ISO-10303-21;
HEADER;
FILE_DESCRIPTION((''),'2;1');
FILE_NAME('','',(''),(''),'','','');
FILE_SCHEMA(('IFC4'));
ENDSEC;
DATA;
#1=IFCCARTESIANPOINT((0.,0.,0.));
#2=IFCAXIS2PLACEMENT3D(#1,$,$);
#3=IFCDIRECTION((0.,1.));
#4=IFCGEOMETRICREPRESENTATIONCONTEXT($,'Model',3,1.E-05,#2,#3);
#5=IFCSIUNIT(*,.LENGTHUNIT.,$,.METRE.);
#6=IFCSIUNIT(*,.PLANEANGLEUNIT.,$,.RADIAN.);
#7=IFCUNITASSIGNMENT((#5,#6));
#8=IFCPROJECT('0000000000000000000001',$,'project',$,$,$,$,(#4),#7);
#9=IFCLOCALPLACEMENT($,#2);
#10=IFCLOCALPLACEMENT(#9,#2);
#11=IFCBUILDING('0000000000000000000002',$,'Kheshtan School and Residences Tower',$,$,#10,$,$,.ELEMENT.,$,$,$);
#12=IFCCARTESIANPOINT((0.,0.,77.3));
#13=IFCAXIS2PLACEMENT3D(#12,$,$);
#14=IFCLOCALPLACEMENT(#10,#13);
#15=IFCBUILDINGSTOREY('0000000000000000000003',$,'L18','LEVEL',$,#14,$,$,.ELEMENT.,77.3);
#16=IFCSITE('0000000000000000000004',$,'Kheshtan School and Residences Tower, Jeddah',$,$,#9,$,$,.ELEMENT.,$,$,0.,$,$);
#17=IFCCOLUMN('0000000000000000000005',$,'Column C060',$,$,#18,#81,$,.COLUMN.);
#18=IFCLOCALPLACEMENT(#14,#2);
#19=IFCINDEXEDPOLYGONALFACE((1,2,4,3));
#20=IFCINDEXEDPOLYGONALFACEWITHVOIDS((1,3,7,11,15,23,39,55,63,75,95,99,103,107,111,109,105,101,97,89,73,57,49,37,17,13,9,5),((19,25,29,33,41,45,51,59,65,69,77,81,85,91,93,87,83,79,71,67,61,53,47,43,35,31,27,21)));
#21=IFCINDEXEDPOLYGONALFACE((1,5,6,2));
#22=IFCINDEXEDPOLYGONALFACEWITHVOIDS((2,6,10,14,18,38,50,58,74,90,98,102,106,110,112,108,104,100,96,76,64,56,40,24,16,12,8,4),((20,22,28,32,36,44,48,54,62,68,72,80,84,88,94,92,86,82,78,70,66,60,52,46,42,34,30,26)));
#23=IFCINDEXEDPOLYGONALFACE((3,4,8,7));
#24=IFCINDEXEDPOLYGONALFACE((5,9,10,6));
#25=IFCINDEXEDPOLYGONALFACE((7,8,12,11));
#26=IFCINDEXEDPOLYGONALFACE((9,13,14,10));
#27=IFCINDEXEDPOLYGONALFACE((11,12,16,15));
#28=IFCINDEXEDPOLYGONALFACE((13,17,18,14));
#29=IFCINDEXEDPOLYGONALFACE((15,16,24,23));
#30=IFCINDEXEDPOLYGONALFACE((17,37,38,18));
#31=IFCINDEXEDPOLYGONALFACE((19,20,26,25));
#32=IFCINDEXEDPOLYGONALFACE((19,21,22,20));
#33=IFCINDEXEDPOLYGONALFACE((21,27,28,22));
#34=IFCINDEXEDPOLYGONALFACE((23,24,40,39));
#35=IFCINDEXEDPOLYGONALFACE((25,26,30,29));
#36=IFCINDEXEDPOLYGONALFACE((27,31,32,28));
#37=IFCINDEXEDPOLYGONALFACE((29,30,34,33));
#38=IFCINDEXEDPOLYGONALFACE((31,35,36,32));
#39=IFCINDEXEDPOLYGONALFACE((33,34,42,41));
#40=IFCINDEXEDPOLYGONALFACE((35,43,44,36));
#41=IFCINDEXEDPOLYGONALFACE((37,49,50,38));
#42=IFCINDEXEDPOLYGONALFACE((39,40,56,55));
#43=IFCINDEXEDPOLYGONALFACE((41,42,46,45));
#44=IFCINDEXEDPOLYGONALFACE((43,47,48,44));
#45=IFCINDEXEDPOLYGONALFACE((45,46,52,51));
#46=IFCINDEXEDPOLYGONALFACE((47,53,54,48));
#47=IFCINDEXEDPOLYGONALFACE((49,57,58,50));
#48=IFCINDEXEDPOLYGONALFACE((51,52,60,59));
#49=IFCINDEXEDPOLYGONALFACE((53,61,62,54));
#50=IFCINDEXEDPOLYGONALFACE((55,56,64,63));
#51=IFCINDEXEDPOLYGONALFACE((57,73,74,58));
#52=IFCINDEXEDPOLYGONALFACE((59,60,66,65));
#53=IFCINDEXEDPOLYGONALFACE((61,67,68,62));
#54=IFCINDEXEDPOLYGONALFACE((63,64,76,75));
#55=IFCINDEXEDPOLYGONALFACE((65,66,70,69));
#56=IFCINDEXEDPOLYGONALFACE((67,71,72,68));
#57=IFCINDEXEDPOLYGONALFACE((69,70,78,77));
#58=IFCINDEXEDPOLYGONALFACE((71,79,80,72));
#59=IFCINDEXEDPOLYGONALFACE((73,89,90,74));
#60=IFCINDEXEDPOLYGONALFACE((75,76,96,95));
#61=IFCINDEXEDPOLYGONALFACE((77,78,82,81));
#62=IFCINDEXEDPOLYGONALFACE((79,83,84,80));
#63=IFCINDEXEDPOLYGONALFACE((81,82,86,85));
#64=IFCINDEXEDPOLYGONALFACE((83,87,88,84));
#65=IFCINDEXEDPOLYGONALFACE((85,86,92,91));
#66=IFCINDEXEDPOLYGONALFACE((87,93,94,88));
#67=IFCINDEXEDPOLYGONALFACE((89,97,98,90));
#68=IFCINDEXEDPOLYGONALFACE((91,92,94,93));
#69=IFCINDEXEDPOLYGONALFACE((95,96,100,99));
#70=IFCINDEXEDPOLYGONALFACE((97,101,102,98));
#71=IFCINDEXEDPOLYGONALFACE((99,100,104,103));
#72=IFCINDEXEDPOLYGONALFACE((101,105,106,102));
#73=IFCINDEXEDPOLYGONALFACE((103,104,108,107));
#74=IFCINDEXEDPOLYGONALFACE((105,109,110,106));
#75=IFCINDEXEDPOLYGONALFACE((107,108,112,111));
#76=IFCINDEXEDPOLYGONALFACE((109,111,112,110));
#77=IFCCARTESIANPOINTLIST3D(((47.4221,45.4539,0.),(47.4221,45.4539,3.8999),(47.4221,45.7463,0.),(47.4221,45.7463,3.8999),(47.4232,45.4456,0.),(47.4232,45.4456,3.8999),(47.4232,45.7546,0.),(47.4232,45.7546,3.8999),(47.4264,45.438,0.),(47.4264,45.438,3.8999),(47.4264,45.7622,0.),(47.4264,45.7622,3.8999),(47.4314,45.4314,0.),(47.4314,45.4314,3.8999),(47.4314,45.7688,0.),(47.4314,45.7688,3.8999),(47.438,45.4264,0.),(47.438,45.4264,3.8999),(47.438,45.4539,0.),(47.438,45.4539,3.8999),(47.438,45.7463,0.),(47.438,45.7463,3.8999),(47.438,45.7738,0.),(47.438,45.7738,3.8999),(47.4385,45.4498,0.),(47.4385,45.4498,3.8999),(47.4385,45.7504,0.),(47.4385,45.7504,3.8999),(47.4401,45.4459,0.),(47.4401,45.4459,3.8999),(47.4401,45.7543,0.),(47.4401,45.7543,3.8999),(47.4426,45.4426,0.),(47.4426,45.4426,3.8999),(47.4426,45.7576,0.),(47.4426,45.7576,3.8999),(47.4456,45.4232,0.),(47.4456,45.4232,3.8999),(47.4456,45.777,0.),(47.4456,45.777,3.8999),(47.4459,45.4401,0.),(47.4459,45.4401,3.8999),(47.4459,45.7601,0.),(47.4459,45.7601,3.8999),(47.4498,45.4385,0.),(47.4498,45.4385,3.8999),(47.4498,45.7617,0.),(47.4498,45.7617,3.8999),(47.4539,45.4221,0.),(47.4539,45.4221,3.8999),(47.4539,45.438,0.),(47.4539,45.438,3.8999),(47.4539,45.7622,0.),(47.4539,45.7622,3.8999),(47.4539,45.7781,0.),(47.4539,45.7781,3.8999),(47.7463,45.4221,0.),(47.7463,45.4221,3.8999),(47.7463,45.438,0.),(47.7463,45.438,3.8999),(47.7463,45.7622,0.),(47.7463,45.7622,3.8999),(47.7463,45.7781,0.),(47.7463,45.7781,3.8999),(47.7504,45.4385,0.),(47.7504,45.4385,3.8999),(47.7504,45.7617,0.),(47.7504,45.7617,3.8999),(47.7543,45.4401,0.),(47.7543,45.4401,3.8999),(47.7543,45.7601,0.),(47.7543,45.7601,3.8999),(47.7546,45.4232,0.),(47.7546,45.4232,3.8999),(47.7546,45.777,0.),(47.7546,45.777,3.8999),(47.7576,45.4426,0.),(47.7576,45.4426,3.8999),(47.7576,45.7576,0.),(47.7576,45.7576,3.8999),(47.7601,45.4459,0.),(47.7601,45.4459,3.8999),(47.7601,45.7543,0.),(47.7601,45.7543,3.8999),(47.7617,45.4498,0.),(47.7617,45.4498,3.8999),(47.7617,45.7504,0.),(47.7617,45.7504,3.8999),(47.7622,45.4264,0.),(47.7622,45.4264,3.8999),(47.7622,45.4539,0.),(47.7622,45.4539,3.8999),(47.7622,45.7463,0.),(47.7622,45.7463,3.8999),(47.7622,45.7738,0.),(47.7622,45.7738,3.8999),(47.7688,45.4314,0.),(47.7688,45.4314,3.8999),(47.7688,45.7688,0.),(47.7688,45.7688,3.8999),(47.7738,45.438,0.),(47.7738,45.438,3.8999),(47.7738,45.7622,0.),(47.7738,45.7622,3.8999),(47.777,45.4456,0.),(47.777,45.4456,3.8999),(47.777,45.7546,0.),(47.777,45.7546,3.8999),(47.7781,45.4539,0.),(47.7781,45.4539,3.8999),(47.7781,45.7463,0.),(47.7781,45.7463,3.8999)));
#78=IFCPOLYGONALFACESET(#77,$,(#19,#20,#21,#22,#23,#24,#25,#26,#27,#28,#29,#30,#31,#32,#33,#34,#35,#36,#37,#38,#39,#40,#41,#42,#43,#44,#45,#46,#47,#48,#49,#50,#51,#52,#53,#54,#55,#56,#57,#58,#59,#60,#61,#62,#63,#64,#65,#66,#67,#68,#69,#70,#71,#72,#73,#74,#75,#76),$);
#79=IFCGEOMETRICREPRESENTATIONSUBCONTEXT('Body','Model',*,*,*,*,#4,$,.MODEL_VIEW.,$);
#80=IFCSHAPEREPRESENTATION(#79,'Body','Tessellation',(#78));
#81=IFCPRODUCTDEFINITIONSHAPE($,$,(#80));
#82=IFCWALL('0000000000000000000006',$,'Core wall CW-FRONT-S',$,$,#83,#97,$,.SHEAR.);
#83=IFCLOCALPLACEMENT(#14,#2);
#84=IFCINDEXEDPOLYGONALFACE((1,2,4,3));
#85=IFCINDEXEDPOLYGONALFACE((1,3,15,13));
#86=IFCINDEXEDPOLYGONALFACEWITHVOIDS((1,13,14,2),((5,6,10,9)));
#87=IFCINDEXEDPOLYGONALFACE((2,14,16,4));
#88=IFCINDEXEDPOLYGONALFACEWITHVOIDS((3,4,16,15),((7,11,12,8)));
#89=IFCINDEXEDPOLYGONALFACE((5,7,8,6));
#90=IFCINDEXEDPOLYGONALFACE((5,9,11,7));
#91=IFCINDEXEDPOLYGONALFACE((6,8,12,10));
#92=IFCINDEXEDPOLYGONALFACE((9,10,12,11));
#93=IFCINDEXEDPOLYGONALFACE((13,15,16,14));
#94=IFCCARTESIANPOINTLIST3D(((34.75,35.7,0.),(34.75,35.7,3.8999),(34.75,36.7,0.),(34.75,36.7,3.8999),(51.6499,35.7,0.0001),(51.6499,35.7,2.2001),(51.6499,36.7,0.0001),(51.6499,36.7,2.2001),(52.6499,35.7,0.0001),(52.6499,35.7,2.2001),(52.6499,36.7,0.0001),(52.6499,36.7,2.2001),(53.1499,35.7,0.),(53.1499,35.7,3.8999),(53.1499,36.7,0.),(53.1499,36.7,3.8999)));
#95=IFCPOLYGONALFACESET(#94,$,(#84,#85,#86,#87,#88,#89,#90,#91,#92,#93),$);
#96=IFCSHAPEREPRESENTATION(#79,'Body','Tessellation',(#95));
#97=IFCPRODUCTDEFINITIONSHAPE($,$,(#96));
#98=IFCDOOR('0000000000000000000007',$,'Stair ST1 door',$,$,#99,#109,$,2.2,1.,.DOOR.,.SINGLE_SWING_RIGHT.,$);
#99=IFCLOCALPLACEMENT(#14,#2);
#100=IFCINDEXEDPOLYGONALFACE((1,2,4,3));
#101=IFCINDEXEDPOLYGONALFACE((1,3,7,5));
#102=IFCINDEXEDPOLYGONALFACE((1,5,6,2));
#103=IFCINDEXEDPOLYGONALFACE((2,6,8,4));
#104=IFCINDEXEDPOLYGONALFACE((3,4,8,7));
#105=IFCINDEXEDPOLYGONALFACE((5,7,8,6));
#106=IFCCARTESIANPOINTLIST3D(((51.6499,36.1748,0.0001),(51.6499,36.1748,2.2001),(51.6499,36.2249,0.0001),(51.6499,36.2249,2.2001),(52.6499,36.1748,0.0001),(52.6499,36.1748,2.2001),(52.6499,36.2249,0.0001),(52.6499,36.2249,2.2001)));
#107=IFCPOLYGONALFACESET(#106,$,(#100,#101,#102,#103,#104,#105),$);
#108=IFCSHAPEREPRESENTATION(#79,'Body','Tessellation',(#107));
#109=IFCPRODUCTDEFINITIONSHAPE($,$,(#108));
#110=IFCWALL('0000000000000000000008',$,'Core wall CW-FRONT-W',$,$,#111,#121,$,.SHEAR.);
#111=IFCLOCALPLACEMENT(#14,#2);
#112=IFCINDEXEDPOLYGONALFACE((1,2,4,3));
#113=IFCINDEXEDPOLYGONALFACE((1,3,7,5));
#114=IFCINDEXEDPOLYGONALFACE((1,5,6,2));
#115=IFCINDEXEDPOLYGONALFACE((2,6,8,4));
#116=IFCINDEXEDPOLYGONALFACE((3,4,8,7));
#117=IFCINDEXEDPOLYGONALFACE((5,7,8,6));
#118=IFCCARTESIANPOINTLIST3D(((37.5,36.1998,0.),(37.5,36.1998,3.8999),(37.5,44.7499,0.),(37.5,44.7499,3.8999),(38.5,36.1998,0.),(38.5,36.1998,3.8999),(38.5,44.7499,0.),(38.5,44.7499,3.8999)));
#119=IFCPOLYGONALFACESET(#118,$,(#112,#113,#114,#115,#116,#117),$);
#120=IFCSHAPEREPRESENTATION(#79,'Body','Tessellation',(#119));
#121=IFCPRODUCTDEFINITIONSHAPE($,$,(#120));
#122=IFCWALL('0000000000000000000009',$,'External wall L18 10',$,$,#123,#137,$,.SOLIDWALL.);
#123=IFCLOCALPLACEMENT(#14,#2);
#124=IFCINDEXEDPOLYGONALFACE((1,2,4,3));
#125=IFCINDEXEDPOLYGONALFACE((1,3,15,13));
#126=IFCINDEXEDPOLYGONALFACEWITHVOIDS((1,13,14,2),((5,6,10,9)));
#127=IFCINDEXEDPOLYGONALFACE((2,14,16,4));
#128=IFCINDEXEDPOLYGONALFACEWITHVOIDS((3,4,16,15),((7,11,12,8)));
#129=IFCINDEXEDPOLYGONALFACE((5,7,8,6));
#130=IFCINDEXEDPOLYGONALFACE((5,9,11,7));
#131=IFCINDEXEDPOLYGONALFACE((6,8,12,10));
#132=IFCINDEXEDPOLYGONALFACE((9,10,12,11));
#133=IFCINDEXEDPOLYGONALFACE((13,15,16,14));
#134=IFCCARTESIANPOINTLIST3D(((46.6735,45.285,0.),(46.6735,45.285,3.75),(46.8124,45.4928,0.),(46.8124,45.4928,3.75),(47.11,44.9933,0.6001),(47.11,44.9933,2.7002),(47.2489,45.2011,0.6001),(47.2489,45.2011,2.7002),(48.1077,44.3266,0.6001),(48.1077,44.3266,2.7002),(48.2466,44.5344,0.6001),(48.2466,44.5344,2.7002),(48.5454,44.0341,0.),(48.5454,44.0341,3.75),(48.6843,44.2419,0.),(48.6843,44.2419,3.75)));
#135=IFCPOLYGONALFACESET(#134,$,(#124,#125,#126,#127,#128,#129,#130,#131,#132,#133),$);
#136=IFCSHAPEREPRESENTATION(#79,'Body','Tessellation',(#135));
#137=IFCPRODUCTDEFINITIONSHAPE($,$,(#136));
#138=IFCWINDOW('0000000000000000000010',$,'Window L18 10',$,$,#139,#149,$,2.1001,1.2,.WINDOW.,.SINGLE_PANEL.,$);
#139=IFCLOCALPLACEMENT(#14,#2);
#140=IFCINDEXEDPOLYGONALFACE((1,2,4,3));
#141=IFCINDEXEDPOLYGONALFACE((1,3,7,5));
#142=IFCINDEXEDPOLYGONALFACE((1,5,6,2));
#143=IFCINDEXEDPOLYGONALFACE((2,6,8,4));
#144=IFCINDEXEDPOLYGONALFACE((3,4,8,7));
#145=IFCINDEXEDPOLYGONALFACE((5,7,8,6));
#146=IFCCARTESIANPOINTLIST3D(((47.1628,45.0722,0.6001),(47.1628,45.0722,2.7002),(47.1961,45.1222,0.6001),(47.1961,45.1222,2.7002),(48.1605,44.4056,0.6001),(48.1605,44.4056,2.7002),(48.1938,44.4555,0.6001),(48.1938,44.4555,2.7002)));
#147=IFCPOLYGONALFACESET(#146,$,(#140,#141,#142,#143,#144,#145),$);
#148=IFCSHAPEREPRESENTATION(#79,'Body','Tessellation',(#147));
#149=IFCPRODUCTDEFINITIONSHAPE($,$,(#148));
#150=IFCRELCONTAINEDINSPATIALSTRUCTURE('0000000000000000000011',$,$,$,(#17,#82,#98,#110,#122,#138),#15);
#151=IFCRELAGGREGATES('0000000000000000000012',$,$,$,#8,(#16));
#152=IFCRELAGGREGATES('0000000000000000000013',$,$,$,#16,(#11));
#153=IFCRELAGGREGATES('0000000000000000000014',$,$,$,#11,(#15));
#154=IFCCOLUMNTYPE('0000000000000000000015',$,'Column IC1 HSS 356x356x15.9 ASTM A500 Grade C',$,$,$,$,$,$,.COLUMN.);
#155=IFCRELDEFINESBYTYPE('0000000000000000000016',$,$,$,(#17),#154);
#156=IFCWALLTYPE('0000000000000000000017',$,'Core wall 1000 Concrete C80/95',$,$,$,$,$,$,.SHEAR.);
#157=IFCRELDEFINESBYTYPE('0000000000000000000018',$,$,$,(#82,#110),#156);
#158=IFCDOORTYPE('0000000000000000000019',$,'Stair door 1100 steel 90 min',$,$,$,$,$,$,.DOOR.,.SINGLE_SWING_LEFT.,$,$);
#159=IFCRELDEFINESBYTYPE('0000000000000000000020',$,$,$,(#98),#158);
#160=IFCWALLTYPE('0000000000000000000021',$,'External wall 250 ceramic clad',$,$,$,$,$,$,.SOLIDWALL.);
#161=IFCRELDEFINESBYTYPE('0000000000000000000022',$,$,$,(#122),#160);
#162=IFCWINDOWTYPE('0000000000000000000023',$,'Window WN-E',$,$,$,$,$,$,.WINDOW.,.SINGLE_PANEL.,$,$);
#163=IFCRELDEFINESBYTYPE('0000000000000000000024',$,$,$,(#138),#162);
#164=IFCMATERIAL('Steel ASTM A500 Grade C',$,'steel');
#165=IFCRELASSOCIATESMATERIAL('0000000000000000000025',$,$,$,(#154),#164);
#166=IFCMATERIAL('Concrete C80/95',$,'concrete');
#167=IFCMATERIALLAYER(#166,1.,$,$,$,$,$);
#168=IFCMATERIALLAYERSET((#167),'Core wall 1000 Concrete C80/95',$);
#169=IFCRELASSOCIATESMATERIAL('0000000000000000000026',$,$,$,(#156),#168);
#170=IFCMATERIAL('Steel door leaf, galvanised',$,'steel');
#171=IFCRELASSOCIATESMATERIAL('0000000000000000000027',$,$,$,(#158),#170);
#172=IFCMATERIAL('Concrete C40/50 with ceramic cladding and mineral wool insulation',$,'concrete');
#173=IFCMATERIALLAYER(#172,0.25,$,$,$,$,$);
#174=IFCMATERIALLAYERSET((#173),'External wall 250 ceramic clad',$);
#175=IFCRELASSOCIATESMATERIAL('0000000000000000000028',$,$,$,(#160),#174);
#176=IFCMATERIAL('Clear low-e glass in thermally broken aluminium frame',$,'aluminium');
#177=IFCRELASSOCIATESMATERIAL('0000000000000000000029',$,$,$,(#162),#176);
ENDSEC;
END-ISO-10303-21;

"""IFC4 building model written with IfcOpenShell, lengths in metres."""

from ifc_helpers import new_model, si_unit, direction, frame, frame_2d, origin, origin_2d, place, context, subcontext, project, spatial, rectangle, hollow_rectangle, extrude, source, transform, mapped, material, layer, layer_set, material_profile, profile_set, type_object, element, fill, save


model = new_model("IFC4")

# Units and contexts
model_context = context("Model", 3, precision=1e-05, world=origin(), true_north=direction((0.0, 1.0)))
body_context = subcontext(model_context, "Body", "Model", "MODEL_VIEW")
ifc_project = project(units=[si_unit("LENGTHUNIT", "METRE"), si_unit("PLANEANGLEUNIT", "RADIAN")], contexts=[model_context])

# Site, building, storey
site_placement = place(None, origin())
site = spatial("IfcSite", under=ifc_project, at=site_placement, Name="Kheshtan School and Residences Tower, Jeddah", CompositionType="ELEMENT", RefElevation=0.0)
building_placement = place(site_placement, origin())
building = spatial("IfcBuilding", under=site, at=building_placement, Name="Kheshtan School and Residences Tower", CompositionType="ELEMENT")
storey_placement = place(building_placement, frame((0.0, 0.0, 77.3)))
storey = spatial("IfcBuildingStorey", under=building, at=storey_placement, Name="L18", Description="LEVEL", CompositionType="ELEMENT", Elevation=77.3)

# Column
ifc_material_1 = material(Name="Steel ASTM A500 Grade C", Category="steel")
ifc_material_profile = material_profile(ifc_material_1, hollow_rectangle(XDim=0.356, YDim=0.356, WallThickness=0.0159, InnerFilletRadius=0.0159, OuterFilletRadius=0.0317, at=origin_2d()), Name="HSS 356x356x15.9")
ifc_profile_set = profile_set([ifc_material_profile], Name="Steel ASTM A500 Grade C")
column_type = type_object("IfcColumnType", Name="Column IC1 HSS 356x356x15.9 ASTM A500 Grade C", PredefinedType="COLUMN", material=ifc_profile_set)
column_placement = place(storey_placement, frame((47.6001, 45.6001, 0.0), z_axis=(0.0, 0.0, 1.0), x_axis=(1.0, 0.0, 0.0)))
element("IfcColumn", 1, at=column_placement, inside=storey, type_object=column_type, Name="Column C060", PredefinedType="COLUMN", context=body_context, shape_type="SweptSolid", body=[
    extrude(hollow_rectangle(XDim=0.356, YDim=0.356, WallThickness=0.0159, InnerFilletRadius=0.0159, OuterFilletRadius=0.0317, at=origin_2d()), origin(), (0.0, 0.0, 1.0), 3.8999),
])

# Wall, opening, door
ifc_material_2 = material(Name="Concrete C80/95", Category="concrete")
ifc_layer_1 = layer(ifc_material_2, 1.0)
ifc_layer_set_1 = layer_set([ifc_layer_1], Name="Core wall 1000 Concrete C80/95")
wall_type_1 = type_object("IfcWallType", Name="Core wall 1000 Concrete C80/95", PredefinedType="SHEAR", material=ifc_layer_set_1)
wall_1_placement = place(storey_placement, frame((34.75, 36.2, 0.0), z_axis=(0.0, 0.0, 1.0), x_axis=(1.0, 0.0, 0.0)))
wall_1 = element("IfcWall", 2, at=wall_1_placement, inside=storey, type_object=wall_type_1, Name="Core wall CW-FRONT-S", PredefinedType="SHEAR", context=body_context, shape_type="SweptSolid", body=[
    extrude(rectangle(XDim=18.3999, YDim=1.0, at=frame_2d((9.2, 0.0))), origin(), (0.0, 0.0, 1.0), 3.8999),
])
opening_1_placement = place(wall_1_placement, frame((16.8999, 0.0, 0.0)))
opening_1 = element("IfcOpeningElement", 3, at=opening_1_placement, cuts=wall_1, PredefinedType="OPENING", context=body_context, shape_type="SweptSolid", body=[
    extrude(rectangle(XDim=1.0, YDim=2.2, at=frame_2d((0.5, 1.1001))), frame((0.0, 0.51, 0.0), z_axis=(0.0, -1.0, 0.0), x_axis=(1.0, 0.0, 0.0)), (0.0, 0.0, 1.0), 1.02),
])
ifc_material_3 = material(Name="Steel door leaf, galvanised", Category="steel")
door_type_1 = type_object("IfcDoorType", Name="Stair door 1100 steel 90 min", OperationType="SINGLE_SWING_LEFT", PredefinedType="DOOR", material=ifc_material_3)
shared_shape_1 = source(origin(), body_context, "Body", "SweptSolid", [
    extrude(rectangle(XDim=1.0, YDim=2.2, at=frame_2d((0.5, 1.1001))), frame((0.0, 0.0249, 0.0), z_axis=(0.0, -1.0, 0.0), x_axis=(1.0, 0.0, 0.0)), (0.0, 0.0, 1.0), 0.05),
])
door_1_placement = place(opening_1_placement, origin())
door_1 = element("IfcDoor", 4, at=door_1_placement, inside=storey, type_object=door_type_1, Name="Stair ST1 door", OperationType="SINGLE_SWING_RIGHT", OverallHeight=2.2, OverallWidth=1.0, PredefinedType="DOOR", context=body_context, shape_type="MappedRepresentation", body=[
    mapped(shared_shape_1, transform((0.0, 0.0, 0.0), x_axis=(1.0, 0.0, 0.0), y_axis=(0.0, 1.0, 0.0), z_axis=(0.0, 0.0, 1.0), scale=1.0)),
])
fill(opening_1, door_1)

# Wall
wall_2_placement = place(storey_placement, frame((38.0, 36.2, 0.0), z_axis=(0.0, 0.0, 1.0), x_axis=(0.0, 1.0, 0.0)))
element("IfcWall", 5, at=wall_2_placement, inside=storey, type_object=wall_type_1, Name="Core wall CW-FRONT-W", PredefinedType="SHEAR", context=body_context, shape_type="SweptSolid", body=[
    extrude(rectangle(XDim=8.55, YDim=1.0, at=frame_2d((4.2749, 0.0))), origin(), (0.0, 0.0, 1.0), 3.8999),
])

# Wall, opening, window
ifc_material_4 = material(Name="Concrete C40/50 with ceramic cladding and mineral wool insulation", Category="concrete")
ifc_layer_2 = layer(ifc_material_4, 0.25)
ifc_layer_set_2 = layer_set([ifc_layer_2], Name="External wall 250 ceramic clad")
wall_type_2 = type_object("IfcWallType", Name="External wall 250 ceramic clad", PredefinedType="SOLIDWALL", material=ifc_layer_set_2)
wall_3_placement = place(storey_placement, frame((46.7429, 45.3889, 0.0), z_axis=(0.0, 0.0, 1.0), x_axis=(0.831449, -0.555601, 0.0)))
wall_3 = element("IfcWall", 6, at=wall_3_placement, inside=storey, type_object=wall_type_2, Name="External wall L18 10", PredefinedType="SOLIDWALL", context=body_context, shape_type="SweptSolid", body=[
    extrude(rectangle(XDim=2.2515, YDim=0.25, at=frame_2d((1.1257, 0.0))), origin(), (0.0, 0.0, 1.0), 3.75),
])
opening_2_placement = place(wall_3_placement, frame((0.5249, 0.0, 0.6001)))
opening_2 = element("IfcOpeningElement", 7, at=opening_2_placement, cuts=wall_3, PredefinedType="OPENING", context=body_context, shape_type="SweptSolid", body=[
    extrude(rectangle(XDim=1.2, YDim=2.1001, at=frame_2d((0.6001, 1.05))), frame((0.0, 0.135, 0.0), z_axis=(0.0, -1.0, 0.0), x_axis=(1.0, 0.0, 0.0)), (0.0, 0.0, 1.0), 0.27),
])
ifc_material_5 = material(Name="Clear low-e glass in thermally broken aluminium frame", Category="aluminium")
window_type = type_object("IfcWindowType", Name="Window WN-E", PartitioningType="SINGLE_PANEL", PredefinedType="WINDOW", material=ifc_material_5)
shared_shape_2 = source(origin(), body_context, "Body", "SweptSolid", [
    extrude(rectangle(XDim=1.2, YDim=2.1001, at=frame_2d((0.6001, 1.05))), frame((0.0, 0.03, 0.0), z_axis=(0.0, -1.0, 0.0), x_axis=(1.0, 0.0, 0.0)), (0.0, 0.0, 1.0), 0.0601),
])
window_placement = place(opening_2_placement, origin())
window = element("IfcWindow", 8, at=window_placement, inside=storey, type_object=window_type, Name="Window L18 10", OverallHeight=2.1001, OverallWidth=1.2, PartitioningType="SINGLE_PANEL", PredefinedType="WINDOW", context=body_context, shape_type="MappedRepresentation", body=[
    mapped(shared_shape_2, transform((0.0, 0.0, 0.0), x_axis=(1.0, 0.0, 0.0), y_axis=(0.0, 1.0, 0.0), z_axis=(0.0, 0.0, 1.0), scale=1.0)),
])
fill(opening_2, window)

save(model, "model.ifc")
